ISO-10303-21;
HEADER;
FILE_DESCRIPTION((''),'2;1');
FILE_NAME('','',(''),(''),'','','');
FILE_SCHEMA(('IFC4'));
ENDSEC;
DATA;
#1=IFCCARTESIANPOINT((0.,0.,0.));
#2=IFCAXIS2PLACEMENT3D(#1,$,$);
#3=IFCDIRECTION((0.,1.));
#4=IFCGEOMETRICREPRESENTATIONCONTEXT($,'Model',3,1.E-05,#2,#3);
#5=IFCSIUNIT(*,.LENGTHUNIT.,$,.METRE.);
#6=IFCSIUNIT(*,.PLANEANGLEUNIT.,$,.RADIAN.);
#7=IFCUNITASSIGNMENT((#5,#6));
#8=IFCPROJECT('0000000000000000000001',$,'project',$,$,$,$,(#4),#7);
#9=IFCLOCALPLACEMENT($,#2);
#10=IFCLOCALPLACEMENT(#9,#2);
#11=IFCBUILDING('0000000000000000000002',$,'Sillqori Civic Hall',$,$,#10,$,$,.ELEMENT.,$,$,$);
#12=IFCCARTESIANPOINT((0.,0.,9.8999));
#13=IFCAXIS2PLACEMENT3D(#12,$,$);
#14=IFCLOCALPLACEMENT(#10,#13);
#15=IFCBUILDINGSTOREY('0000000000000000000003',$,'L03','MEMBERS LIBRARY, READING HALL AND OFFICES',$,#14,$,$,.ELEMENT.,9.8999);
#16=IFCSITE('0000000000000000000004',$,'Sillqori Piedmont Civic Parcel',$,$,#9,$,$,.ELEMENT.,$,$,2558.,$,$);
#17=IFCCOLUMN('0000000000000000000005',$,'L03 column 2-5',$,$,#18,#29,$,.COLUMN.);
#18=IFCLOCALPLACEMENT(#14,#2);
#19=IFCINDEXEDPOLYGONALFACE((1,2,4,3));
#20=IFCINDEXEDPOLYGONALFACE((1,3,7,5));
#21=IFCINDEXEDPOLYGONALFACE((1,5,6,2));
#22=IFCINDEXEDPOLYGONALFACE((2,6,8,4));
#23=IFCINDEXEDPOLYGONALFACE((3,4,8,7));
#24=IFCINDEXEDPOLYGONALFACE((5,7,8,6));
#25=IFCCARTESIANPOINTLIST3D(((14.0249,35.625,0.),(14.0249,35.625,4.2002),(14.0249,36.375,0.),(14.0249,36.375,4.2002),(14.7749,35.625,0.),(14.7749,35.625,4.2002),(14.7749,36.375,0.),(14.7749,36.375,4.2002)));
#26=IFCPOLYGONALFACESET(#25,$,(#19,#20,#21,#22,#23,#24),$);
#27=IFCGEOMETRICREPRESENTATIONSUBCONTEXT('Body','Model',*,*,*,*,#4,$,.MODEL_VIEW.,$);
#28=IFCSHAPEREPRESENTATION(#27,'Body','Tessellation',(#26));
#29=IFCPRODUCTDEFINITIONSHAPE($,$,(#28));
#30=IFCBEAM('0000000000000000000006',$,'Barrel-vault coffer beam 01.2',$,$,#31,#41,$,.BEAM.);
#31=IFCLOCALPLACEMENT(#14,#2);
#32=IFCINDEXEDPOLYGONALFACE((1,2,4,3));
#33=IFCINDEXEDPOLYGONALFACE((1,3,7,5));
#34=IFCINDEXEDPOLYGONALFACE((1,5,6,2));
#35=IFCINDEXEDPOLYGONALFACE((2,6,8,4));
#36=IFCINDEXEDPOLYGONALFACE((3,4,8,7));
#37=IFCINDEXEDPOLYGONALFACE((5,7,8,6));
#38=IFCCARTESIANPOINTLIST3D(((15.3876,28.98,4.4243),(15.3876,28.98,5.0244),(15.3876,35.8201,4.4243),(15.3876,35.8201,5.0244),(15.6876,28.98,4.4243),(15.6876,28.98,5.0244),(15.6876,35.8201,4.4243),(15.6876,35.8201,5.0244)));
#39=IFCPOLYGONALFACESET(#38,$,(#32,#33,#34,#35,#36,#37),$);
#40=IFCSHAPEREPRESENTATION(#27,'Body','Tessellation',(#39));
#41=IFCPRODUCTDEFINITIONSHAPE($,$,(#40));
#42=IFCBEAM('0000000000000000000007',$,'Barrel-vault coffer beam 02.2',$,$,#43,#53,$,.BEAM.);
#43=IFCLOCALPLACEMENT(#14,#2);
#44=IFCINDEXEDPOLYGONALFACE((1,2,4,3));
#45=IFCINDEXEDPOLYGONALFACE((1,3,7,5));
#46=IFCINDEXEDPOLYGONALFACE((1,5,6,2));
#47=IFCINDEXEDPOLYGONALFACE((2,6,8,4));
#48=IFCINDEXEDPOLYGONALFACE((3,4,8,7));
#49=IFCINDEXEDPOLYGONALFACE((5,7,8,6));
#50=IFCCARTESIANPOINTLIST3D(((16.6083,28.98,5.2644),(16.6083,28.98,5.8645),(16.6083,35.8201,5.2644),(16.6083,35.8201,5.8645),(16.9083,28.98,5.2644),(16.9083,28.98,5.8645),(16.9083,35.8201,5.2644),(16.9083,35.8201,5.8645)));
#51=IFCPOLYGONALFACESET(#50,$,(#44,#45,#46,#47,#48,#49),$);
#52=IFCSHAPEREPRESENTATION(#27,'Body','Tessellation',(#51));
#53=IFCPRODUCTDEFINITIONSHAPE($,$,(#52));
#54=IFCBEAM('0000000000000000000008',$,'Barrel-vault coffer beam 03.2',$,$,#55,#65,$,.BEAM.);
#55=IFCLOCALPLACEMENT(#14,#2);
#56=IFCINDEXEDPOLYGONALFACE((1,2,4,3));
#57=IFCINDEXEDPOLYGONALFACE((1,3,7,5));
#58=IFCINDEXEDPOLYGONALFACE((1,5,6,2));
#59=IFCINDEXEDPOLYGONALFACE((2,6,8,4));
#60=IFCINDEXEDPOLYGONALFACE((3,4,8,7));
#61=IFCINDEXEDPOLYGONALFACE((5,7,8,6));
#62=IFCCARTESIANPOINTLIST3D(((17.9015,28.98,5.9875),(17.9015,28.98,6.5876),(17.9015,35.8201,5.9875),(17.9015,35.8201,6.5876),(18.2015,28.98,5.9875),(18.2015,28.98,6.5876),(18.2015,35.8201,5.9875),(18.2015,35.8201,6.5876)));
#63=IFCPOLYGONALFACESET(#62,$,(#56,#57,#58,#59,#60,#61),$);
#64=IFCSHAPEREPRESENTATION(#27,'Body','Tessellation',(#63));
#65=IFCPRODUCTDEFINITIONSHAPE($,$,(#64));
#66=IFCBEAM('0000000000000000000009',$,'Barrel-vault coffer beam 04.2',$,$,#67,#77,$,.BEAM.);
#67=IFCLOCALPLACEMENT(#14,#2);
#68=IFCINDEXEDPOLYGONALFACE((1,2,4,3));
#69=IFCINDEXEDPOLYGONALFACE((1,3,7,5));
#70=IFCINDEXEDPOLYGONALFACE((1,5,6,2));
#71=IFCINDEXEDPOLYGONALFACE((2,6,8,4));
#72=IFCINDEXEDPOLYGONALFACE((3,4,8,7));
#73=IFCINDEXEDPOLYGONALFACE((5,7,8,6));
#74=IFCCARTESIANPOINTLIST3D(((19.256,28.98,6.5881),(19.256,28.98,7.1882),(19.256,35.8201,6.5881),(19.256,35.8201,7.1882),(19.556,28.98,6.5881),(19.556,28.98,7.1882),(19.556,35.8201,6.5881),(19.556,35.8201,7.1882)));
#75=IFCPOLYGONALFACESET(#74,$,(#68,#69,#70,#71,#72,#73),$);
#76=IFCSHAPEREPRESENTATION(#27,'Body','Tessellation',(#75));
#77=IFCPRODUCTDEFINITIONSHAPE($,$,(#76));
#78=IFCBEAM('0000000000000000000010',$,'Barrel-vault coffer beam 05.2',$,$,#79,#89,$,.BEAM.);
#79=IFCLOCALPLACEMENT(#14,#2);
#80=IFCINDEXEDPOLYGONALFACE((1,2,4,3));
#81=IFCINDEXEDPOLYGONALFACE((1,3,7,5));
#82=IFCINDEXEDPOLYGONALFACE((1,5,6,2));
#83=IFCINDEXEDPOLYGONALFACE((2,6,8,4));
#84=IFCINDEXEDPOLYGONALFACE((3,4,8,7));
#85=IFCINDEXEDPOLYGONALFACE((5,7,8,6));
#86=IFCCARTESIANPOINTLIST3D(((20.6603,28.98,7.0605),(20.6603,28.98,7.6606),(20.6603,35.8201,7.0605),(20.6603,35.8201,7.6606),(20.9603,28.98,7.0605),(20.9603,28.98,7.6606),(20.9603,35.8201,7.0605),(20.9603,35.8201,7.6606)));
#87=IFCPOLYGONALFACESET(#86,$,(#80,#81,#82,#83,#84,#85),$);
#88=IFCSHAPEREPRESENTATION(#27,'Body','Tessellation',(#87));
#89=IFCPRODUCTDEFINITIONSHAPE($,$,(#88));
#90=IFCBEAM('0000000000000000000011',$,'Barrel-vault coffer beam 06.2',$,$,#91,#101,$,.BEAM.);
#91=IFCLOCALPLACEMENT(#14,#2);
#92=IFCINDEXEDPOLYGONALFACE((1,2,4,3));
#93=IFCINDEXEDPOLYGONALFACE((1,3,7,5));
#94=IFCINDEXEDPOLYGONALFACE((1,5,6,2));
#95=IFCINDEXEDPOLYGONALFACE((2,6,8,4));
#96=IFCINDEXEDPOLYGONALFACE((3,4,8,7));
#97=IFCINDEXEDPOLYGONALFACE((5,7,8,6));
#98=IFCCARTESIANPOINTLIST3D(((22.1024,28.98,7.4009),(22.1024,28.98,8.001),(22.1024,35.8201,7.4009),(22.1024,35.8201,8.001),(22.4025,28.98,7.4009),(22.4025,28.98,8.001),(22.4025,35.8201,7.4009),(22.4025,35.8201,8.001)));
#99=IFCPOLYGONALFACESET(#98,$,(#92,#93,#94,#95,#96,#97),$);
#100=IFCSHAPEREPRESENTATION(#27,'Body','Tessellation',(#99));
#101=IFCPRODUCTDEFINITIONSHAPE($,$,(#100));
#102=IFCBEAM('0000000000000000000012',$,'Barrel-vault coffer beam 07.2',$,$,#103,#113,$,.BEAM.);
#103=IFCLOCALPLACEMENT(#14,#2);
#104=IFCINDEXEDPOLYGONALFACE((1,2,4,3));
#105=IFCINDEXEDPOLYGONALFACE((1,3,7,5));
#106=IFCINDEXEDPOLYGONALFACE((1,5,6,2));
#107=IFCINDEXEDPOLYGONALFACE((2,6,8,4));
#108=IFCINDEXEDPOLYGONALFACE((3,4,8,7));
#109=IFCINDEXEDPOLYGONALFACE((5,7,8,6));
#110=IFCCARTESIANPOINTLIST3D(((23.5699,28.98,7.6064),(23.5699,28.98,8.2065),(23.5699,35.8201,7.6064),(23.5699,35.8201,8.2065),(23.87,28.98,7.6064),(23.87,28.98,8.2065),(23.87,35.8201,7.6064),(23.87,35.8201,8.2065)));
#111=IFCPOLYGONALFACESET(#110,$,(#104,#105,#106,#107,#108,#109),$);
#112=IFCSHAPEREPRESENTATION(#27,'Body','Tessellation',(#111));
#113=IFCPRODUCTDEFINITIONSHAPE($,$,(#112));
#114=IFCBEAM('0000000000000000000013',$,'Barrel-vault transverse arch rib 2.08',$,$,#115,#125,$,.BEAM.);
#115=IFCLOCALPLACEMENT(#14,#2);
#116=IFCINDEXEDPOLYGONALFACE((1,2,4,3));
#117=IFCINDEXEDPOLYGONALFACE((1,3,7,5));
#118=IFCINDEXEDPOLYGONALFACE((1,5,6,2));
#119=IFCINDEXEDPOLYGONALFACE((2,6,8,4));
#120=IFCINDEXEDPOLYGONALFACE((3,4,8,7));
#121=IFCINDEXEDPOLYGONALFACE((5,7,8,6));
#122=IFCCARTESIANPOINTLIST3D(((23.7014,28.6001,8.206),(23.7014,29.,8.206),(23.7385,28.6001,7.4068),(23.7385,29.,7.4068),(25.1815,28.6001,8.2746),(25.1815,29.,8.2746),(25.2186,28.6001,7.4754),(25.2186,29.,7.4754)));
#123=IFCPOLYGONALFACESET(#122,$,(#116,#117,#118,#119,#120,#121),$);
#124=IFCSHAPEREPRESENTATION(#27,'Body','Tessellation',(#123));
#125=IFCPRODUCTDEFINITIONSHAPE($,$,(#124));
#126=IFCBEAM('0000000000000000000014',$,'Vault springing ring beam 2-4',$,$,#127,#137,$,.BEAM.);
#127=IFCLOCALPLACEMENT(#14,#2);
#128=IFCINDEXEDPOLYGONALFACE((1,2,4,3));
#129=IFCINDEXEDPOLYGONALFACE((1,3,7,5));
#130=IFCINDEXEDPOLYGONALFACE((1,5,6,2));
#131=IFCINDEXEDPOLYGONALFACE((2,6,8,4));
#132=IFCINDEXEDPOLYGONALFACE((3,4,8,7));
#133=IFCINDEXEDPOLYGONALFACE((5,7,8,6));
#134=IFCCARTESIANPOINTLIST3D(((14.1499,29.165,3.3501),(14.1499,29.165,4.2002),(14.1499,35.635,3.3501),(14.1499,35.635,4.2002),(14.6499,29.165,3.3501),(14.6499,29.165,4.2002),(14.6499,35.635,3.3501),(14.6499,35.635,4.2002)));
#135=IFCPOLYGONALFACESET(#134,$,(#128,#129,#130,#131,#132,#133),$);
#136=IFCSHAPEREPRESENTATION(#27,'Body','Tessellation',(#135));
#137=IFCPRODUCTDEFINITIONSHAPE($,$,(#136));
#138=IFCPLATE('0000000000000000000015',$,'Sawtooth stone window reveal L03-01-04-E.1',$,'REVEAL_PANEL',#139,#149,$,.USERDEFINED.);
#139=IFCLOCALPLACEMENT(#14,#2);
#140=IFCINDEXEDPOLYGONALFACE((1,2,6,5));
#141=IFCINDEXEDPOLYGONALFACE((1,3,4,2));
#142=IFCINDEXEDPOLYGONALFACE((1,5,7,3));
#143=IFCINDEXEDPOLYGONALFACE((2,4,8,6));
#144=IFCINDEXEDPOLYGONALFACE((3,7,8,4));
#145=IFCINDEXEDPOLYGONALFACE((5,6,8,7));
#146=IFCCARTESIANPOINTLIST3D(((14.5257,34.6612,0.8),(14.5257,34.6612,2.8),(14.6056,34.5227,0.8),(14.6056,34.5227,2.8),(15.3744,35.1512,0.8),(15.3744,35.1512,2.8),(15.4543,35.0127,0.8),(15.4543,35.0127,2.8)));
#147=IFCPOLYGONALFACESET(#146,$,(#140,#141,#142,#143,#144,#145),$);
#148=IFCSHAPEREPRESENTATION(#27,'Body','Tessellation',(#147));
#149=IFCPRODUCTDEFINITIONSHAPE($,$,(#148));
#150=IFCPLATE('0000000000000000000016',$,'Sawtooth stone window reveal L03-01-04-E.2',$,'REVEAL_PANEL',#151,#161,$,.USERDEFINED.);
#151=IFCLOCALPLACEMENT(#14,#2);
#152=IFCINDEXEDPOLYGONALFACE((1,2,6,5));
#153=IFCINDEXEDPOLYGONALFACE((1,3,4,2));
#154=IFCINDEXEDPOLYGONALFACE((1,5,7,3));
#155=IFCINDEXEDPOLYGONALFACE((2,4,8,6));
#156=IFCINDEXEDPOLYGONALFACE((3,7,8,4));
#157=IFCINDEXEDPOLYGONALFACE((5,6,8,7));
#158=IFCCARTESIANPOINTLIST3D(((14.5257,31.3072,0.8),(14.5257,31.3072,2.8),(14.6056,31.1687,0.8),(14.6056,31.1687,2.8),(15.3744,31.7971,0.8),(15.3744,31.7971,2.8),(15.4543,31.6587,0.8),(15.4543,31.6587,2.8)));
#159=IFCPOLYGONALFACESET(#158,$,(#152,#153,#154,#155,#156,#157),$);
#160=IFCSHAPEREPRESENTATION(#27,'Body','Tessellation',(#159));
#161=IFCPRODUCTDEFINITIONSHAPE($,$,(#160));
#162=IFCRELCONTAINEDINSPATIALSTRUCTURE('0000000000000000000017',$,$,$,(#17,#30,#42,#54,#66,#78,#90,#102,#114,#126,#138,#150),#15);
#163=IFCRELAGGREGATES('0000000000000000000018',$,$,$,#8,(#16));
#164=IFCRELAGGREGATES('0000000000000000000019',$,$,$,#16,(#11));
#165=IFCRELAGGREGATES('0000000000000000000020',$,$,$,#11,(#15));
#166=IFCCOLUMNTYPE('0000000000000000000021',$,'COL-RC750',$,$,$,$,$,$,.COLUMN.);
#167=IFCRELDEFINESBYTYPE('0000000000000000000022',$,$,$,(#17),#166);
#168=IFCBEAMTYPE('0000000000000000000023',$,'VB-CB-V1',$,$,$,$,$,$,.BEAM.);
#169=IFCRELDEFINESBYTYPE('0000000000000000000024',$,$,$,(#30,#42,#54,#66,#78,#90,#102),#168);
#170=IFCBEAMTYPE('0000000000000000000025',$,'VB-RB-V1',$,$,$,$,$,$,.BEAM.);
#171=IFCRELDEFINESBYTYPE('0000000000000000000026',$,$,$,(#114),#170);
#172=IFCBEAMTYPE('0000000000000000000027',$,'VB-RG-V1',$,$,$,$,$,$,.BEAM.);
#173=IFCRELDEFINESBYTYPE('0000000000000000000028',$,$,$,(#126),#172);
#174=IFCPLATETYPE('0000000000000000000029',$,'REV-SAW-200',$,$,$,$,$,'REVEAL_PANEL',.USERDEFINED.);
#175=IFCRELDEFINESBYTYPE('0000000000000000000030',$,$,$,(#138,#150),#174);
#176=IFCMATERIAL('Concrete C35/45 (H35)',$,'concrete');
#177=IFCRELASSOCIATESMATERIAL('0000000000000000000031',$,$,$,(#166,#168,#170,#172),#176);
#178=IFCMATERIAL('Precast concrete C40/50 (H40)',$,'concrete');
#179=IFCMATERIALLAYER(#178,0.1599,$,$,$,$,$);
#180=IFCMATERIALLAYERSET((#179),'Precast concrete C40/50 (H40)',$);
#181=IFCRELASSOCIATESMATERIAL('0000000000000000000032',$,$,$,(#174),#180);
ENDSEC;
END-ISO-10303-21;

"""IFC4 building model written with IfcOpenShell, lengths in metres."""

from ifc_helpers import new_model, si_unit, direction, frame, origin, origin_2d, place, context, subcontext, project, spatial, rectangle, extrude, material, layer, layer_set, material_profile, profile_set, type_object, element, save


model = new_model("IFC4")

# Units and contexts
model_context = context("Model", 3, precision=1e-05, world=origin(), true_north=direction((0.0, 1.0)))
body_context = subcontext(model_context, "Body", "Model", "MODEL_VIEW")
ifc_project = project(units=[si_unit("LENGTHUNIT", "METRE"), si_unit("PLANEANGLEUNIT", "RADIAN")], contexts=[model_context])

# Site, building, storey
site_placement = place(None, origin())
site = spatial("IfcSite", under=ifc_project, at=site_placement, Name="Sillqori Piedmont Civic Parcel", CompositionType="ELEMENT", RefElevation=2558.0)
building_placement = place(site_placement, origin())
building = spatial("IfcBuilding", under=site, at=building_placement, Name="Sillqori Civic Hall", CompositionType="ELEMENT")
storey_placement = place(building_placement, frame((0.0, 0.0, 9.8999)))
storey = spatial("IfcBuildingStorey", under=building, at=storey_placement, Name="L03", Description="MEMBERS LIBRARY, READING HALL AND OFFICES", CompositionType="ELEMENT", Elevation=9.8999)

# Column
ifc_material_1 = material(Name="Concrete C35/45 (H35)", Category="concrete")
ifc_material_profile_1 = material_profile(ifc_material_1, rectangle(XDim=0.75, YDim=0.75, at=origin_2d()), Name="RC 750x750")
ifc_profile_set_1 = profile_set([ifc_material_profile_1], Name="Concrete C35/45 (H35)")
column_type = type_object("IfcColumnType", Name="COL-RC750", PredefinedType="COLUMN", material=ifc_profile_set_1)
column_placement = place(storey_placement, frame((14.3999, 36.0, 0.0), z_axis=(0.0, 0.0, 1.0), x_axis=(1.0, 0.0, 0.0)))
element("IfcColumn", 1, at=column_placement, inside=storey, type_object=column_type, Name="L03 column 2-5", PredefinedType="COLUMN", context=body_context, shape_type="SweptSolid", body=[
    extrude(rectangle(XDim=0.75, YDim=0.75, at=origin_2d()), origin(), (0.0, 0.0, 1.0), 4.2002),
])

# Beams
ifc_material_profile_2 = material_profile(ifc_material_1, rectangle(XDim=0.3, YDim=0.6001, at=origin_2d()), Name="RC 300x600")
ifc_profile_set_2 = profile_set([ifc_material_profile_2], Name="Concrete C35/45 (H35)")
beam_type_1 = type_object("IfcBeamType", Name="VB-CB-V1", PredefinedType="BEAM", material=ifc_profile_set_2)
for number, where, z_axis, x_axis, name in (
    (2, (15.5376, 28.98, 4.7244), (0.0, 1.0, 0.0), (-1.0, 0.0, 0.0), "Barrel-vault coffer beam 01.2"),
    (3, (16.7583, 28.98, 5.5645), (0.0, 1.0, 0.0), (-1.0, 0.0, 0.0), "Barrel-vault coffer beam 02.2"),
    (4, (18.0515, 28.98, 6.2876), (0.0, 1.0, 0.0), (-1.0, 0.0, 0.0), "Barrel-vault coffer beam 03.2"),
    (5, (19.406, 28.98, 6.8882), (0.0, 1.0, 0.0), (-1.0, 0.0, 0.0), "Barrel-vault coffer beam 04.2"),
    (6, (20.8103, 28.98, 7.3606), (0.0, 1.0, 0.0), (-1.0, 0.0, 0.0), "Barrel-vault coffer beam 05.2"),
    (7, (22.2524, 28.98, 7.7009), (0.0, 1.0, 0.0), (-1.0, 0.0, 0.0), "Barrel-vault coffer beam 06.2"),
    (8, (23.72, 28.98, 7.9065), (0.0, 1.0, 0.0), (-1.0, 0.0, 0.0), "Barrel-vault coffer beam 07.2"),
):
    element("IfcBeam", number, at=place(storey_placement, frame(where, z_axis=z_axis, x_axis=x_axis)), inside=storey, type_object=beam_type_1, Name=name, PredefinedType="BEAM", context=body_context, shape_type="SweptSolid", body=[
        extrude(rectangle(XDim=0.3, YDim=0.6001, at=origin_2d()), origin(), (0.0, 0.0, 1.0), 6.8401),
    ])
ifc_material_profile_3 = material_profile(ifc_material_1, rectangle(XDim=0.3999, YDim=0.8, at=origin_2d()), Name="RC 400x800")
ifc_profile_set_3 = profile_set([ifc_material_profile_3], Name="Concrete C35/45 (H35)")
beam_type_2 = type_object("IfcBeamType", Name="VB-RB-V1", PredefinedType="BEAM", material=ifc_profile_set_3)
beam_1_placement = place(storey_placement, frame((23.72, 28.8, 7.8064), z_axis=(0.998927, 0.0, 0.046305), x_axis=(0.0, 1.0, 0.0)))
element("IfcBeam", 9, at=beam_1_placement, inside=storey, type_object=beam_type_2, Name="Barrel-vault transverse arch rib 2.08", PredefinedType="BEAM", context=body_context, shape_type="SweptSolid", body=[
    extrude(rectangle(XDim=0.3999, YDim=0.8, at=origin_2d()), origin(), (0.0, 0.0, 1.0), 1.4817),
])
ifc_material_profile_4 = material_profile(ifc_material_1, rectangle(XDim=0.5, YDim=0.8501, at=origin_2d()), Name="RC 500x850")
ifc_profile_set_4 = profile_set([ifc_material_profile_4], Name="Concrete C35/45 (H35)")
beam_type_3 = type_object("IfcBeamType", Name="VB-RG-V1", PredefinedType="BEAM", material=ifc_profile_set_4)
beam_2_placement = place(storey_placement, frame((14.3999, 29.165, 3.7751), z_axis=(0.0, 1.0, 0.0), x_axis=(-1.0, 0.0, 0.0)))
element("IfcBeam", 10, at=beam_2_placement, inside=storey, type_object=beam_type_3, Name="Vault springing ring beam 2-4", PredefinedType="BEAM", context=body_context, shape_type="SweptSolid", body=[
    extrude(rectangle(XDim=0.5, YDim=0.8501, at=origin_2d()), origin(), (0.0, 0.0, 1.0), 6.47),
])

# Plates
ifc_material_2 = material(Name="Precast concrete C40/50 (H40)", Category="concrete")
ifc_layer_1 = layer(ifc_material_2, 0.1599)
ifc_layer_set_1 = layer_set([ifc_layer_1], Name="Precast concrete C40/50 (H40)")
plate_type = type_object("IfcPlateType", Name="REV-SAW-200", ElementType="REVEAL_PANEL", PredefinedType="USERDEFINED", material=ifc_layer_set_1)
for number, where, z_axis, x_axis, name in (
    (11, (14.99, 34.8369, 0.8), (0.0, 0.0, 1.0), (0.5, -0.866025, 0.0), "Sawtooth stone window reveal L03-01-04-E.1"),
    (12, (14.99, 31.4829, 0.8), (0.0, 0.0, 1.0), (0.5, -0.866025, 0.0), "Sawtooth stone window reveal L03-01-04-E.2"),
):
    element("IfcPlate", number, at=place(storey_placement, frame(where, z_axis=z_axis, x_axis=x_axis)), inside=storey, type_object=plate_type, Name=name, ObjectType="REVEAL_PANEL", PredefinedType="USERDEFINED", context=body_context, shape_type="SweptSolid", body=[
        extrude(rectangle(XDim=0.1599, YDim=0.98, at=origin_2d()), origin(), (0.0, 0.0, 1.0), 2.0),
    ])

save(model, "model.ifc")
